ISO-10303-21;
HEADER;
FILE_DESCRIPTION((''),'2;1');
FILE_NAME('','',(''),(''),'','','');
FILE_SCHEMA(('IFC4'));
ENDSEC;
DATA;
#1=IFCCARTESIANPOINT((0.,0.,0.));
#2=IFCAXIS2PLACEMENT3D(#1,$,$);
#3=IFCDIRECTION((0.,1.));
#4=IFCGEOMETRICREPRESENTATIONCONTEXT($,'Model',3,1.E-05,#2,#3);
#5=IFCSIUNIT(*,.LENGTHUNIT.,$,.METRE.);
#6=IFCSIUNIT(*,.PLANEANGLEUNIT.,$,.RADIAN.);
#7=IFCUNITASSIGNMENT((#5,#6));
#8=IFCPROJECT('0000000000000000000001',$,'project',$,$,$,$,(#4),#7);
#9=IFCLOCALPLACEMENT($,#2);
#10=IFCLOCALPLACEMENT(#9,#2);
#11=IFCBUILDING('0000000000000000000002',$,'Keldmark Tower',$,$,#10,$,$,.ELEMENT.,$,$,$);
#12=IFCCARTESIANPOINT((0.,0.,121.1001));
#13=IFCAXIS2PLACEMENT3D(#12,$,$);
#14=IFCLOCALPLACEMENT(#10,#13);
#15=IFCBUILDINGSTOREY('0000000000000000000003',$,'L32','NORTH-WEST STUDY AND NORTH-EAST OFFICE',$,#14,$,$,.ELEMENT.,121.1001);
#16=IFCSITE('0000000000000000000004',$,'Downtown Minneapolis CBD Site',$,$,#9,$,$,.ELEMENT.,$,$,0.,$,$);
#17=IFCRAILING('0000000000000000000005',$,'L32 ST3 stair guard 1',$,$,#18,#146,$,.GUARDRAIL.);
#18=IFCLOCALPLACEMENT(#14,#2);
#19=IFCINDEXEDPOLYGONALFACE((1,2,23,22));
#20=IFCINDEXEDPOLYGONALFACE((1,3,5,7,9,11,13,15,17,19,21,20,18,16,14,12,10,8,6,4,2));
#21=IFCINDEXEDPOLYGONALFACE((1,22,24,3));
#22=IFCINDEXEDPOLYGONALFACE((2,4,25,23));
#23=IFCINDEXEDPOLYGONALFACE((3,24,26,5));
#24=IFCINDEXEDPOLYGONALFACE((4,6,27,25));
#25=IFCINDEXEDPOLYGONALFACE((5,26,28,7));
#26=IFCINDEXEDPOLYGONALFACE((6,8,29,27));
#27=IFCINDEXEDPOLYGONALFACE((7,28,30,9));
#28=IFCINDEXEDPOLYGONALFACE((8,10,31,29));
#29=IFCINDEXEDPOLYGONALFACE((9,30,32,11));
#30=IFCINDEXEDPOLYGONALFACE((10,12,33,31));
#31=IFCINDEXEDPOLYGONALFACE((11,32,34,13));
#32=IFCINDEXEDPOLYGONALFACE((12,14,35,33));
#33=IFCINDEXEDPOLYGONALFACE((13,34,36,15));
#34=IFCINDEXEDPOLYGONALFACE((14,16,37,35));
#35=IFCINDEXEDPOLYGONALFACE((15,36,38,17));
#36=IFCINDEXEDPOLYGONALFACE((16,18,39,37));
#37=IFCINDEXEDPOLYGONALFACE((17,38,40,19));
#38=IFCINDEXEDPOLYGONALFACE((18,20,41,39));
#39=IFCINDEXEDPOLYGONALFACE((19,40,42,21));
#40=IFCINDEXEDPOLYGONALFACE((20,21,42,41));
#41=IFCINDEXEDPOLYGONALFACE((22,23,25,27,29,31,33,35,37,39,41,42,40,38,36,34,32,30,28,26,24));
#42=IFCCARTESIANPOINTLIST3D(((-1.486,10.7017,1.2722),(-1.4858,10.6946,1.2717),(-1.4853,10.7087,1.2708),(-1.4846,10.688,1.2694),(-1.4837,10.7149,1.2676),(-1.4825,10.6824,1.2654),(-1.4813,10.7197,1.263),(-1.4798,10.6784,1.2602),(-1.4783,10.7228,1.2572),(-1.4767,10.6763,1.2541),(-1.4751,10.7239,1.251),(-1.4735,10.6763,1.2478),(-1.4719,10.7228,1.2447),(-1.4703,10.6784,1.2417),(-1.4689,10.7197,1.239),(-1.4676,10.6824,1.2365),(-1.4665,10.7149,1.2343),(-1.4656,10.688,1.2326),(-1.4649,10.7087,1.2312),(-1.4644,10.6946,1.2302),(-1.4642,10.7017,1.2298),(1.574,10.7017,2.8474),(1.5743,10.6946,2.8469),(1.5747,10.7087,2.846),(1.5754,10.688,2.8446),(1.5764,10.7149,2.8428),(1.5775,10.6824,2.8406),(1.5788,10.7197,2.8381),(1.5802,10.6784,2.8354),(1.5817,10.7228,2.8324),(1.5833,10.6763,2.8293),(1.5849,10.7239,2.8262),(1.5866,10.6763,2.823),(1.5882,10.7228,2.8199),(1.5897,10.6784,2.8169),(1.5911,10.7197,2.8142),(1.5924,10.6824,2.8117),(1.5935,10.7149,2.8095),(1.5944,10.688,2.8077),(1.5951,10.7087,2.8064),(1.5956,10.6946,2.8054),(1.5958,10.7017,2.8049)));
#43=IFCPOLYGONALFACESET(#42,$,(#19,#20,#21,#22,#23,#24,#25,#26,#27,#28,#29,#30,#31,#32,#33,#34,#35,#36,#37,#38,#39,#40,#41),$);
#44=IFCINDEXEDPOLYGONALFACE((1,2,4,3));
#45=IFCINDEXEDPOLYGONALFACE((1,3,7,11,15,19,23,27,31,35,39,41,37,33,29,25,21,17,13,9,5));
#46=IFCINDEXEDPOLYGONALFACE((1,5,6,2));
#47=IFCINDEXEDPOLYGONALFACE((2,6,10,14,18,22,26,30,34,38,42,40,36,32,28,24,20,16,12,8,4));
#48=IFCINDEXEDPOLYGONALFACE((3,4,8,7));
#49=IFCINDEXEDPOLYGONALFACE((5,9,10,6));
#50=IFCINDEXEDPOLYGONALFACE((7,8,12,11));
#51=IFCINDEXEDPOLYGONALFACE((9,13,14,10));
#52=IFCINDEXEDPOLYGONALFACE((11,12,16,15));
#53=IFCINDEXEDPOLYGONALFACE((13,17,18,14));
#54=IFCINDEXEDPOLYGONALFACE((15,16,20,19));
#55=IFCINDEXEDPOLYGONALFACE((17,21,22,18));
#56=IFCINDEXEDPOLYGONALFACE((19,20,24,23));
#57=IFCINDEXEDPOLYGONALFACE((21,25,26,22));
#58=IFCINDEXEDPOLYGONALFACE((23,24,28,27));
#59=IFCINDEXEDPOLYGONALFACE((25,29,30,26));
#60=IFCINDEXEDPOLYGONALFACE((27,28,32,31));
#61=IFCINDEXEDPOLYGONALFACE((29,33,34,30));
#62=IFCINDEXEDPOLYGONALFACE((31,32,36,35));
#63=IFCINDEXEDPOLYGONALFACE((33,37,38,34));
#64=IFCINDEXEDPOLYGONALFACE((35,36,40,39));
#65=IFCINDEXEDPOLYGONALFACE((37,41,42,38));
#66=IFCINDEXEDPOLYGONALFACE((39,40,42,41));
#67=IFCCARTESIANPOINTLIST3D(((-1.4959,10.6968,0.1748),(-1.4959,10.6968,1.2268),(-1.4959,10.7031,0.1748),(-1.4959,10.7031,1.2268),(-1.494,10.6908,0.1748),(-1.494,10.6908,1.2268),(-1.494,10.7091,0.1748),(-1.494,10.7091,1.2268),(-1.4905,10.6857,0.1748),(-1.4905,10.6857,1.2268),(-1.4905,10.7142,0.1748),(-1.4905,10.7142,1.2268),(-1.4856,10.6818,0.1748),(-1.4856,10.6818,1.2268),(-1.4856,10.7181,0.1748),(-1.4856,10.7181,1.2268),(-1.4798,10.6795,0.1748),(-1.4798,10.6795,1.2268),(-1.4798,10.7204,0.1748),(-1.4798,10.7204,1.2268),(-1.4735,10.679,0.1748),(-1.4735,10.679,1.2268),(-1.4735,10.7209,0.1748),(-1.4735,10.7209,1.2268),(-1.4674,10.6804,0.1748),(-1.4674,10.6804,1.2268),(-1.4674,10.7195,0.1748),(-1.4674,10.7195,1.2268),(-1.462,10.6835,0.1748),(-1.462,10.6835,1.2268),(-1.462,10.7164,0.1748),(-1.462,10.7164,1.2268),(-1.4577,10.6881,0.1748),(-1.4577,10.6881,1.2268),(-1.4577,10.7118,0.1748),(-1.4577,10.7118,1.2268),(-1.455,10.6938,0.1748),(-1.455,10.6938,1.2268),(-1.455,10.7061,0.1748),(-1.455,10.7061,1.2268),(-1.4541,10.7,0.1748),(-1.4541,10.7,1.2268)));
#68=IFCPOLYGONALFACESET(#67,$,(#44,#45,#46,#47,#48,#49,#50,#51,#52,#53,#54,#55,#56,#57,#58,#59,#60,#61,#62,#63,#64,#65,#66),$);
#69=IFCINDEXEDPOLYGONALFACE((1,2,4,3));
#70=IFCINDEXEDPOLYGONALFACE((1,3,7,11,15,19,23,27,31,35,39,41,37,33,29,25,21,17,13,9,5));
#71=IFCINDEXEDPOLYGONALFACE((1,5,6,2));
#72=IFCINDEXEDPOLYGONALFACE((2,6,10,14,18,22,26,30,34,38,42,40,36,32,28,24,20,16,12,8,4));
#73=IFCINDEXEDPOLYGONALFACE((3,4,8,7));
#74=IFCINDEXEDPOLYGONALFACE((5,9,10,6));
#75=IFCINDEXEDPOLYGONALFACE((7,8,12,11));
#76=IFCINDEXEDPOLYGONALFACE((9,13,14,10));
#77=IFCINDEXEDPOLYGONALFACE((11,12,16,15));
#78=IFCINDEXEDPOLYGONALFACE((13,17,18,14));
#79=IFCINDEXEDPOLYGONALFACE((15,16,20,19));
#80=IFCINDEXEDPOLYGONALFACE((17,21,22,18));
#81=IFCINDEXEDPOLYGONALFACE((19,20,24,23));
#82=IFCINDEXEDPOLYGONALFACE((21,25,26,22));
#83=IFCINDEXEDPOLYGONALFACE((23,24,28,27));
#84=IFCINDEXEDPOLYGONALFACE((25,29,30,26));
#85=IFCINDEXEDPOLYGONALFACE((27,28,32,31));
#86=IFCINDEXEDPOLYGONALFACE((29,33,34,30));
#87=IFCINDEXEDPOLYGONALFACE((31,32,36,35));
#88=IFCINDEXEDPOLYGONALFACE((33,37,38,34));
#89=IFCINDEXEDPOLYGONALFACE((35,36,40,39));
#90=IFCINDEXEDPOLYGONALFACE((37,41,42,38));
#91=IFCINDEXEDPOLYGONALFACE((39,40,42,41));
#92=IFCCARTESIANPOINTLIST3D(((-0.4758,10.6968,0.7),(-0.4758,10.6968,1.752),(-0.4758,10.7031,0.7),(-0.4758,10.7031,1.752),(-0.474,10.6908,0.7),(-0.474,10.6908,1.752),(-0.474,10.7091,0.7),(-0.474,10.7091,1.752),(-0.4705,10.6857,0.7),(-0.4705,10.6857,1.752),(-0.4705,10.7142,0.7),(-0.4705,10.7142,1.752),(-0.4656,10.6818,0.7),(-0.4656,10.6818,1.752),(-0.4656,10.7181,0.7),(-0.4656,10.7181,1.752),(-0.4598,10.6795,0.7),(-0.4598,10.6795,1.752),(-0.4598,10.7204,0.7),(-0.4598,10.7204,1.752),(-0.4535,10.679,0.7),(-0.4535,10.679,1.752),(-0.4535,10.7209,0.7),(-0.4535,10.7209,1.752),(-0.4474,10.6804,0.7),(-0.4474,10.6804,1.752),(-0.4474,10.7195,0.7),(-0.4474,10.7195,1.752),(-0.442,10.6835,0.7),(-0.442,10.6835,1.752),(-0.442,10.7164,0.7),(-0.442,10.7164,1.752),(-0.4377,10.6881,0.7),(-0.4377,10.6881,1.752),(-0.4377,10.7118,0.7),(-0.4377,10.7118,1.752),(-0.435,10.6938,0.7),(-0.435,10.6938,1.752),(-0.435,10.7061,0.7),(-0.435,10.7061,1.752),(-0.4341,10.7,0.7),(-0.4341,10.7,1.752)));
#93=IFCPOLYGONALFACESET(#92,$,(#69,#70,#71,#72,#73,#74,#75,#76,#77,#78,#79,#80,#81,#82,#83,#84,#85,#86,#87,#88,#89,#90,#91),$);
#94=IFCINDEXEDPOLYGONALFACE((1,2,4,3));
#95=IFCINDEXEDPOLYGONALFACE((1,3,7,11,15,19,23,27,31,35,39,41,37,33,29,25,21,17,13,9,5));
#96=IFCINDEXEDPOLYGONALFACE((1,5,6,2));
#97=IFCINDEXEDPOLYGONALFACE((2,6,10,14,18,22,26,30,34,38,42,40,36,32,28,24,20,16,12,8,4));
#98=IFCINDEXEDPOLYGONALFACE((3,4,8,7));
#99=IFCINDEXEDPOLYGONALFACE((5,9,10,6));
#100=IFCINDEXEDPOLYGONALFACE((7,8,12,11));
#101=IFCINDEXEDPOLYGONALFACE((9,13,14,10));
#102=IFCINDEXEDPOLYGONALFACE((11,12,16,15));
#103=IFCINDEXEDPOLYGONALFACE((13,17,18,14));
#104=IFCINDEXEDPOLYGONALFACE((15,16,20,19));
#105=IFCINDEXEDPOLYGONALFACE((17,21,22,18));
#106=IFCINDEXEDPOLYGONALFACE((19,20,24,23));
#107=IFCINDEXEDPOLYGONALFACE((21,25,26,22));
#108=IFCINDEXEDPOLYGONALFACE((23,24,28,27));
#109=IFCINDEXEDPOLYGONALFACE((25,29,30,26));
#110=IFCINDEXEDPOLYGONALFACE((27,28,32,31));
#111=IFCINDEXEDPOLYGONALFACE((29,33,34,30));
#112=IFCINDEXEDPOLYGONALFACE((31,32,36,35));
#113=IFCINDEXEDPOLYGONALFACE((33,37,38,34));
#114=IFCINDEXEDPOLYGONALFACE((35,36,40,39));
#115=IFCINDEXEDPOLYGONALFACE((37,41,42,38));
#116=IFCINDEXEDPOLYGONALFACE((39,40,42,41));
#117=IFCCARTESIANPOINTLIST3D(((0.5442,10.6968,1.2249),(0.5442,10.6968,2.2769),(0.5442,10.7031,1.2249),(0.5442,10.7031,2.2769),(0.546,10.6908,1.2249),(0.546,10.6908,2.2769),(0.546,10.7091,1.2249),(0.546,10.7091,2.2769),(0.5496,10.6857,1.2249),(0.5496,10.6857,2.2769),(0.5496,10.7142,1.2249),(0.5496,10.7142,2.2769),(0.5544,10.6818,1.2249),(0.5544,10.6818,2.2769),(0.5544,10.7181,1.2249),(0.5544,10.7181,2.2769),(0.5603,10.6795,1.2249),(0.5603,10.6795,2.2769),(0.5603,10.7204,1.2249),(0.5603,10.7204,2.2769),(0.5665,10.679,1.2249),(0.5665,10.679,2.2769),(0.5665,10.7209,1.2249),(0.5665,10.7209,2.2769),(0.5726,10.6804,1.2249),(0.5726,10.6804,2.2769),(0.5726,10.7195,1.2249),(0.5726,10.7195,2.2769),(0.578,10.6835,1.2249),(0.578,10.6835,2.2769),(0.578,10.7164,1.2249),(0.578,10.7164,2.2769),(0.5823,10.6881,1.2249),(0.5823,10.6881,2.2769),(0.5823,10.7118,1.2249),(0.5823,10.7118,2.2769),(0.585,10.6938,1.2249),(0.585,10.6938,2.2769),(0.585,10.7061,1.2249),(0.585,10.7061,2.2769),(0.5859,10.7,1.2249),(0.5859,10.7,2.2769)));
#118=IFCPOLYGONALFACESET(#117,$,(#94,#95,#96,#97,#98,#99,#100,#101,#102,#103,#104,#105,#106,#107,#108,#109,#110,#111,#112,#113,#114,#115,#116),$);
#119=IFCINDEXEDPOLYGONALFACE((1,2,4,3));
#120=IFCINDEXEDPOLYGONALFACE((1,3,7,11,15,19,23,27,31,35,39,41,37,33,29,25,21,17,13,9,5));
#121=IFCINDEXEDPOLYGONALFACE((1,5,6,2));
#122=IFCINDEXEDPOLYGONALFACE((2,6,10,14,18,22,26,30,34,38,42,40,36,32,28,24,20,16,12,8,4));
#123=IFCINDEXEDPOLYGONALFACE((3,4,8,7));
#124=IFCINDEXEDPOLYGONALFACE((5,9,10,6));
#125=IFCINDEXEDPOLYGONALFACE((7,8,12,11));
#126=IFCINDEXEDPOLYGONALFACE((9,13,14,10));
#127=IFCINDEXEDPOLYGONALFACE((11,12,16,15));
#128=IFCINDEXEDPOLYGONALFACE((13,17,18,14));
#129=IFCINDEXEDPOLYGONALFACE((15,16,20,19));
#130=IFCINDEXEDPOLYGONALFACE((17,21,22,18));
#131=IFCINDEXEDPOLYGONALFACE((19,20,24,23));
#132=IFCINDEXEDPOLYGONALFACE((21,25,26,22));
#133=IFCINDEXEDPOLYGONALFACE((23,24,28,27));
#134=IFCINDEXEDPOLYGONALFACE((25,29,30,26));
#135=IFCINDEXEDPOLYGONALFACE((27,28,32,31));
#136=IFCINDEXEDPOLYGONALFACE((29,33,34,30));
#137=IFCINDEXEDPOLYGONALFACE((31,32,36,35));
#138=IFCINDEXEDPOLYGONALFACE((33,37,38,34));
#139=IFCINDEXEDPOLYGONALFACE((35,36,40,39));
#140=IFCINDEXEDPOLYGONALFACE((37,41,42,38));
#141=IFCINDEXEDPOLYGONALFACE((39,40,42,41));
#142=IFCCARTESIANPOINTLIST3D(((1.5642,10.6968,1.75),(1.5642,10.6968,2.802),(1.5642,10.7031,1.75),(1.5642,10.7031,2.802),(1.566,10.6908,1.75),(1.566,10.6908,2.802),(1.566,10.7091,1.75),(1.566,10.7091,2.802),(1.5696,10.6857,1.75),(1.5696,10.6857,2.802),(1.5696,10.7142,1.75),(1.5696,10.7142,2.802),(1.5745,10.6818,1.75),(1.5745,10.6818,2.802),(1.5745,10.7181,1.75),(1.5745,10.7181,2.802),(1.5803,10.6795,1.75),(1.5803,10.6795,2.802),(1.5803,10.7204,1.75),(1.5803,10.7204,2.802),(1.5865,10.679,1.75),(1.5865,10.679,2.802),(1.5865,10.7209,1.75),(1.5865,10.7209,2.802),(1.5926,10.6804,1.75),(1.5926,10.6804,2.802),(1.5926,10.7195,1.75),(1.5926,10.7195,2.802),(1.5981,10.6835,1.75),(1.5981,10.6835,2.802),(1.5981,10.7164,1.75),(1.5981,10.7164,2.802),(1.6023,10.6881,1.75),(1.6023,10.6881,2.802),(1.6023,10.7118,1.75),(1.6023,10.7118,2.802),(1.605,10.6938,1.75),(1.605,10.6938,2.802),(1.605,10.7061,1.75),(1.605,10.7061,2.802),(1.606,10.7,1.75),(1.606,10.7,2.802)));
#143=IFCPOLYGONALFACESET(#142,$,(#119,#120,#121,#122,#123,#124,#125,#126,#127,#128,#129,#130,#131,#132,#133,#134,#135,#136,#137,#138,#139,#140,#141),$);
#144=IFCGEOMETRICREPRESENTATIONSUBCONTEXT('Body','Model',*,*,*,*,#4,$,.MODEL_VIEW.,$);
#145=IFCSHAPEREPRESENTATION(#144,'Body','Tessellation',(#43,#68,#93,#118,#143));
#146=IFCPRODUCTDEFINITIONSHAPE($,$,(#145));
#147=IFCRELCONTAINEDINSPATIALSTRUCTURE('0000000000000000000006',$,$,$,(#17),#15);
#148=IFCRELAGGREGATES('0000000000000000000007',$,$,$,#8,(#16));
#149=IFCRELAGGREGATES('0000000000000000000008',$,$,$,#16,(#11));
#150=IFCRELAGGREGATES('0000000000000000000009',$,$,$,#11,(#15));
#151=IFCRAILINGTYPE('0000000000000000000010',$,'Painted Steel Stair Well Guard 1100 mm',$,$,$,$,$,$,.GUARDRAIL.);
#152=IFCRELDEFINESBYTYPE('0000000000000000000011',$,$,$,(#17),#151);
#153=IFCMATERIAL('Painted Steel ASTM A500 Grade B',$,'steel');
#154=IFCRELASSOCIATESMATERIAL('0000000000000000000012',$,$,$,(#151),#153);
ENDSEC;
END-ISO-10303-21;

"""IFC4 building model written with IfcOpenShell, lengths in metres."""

from ifc_helpers import new_model, si_unit, direction, frame, origin, origin_2d, place, context, subcontext, project, spatial, circle, extrude, material, type_object, element, save


model = new_model("IFC4")

# Units and contexts
model_context = context("Model", 3, precision=1e-05, world=origin(), true_north=direction((0.0, 1.0)))
body_context = subcontext(model_context, "Body", "Model", "MODEL_VIEW")
ifc_project = project(units=[si_unit("LENGTHUNIT", "METRE"), si_unit("PLANEANGLEUNIT", "RADIAN")], contexts=[model_context])

# Site, building, storey
site_placement = place(None, origin())
site = spatial("IfcSite", under=ifc_project, at=site_placement, Name="Downtown Minneapolis CBD Site", CompositionType="ELEMENT", RefElevation=0.0)
building_placement = place(site_placement, origin())
building = spatial("IfcBuilding", under=site, at=building_placement, Name="Keldmark Tower", CompositionType="ELEMENT")
storey_placement = place(building_placement, frame((0.0, 0.0, 121.1001)))
storey = spatial("IfcBuildingStorey", under=building, at=storey_placement, Name="L32", Description="NORTH-WEST STUDY AND NORTH-EAST OFFICE", CompositionType="ELEMENT", Elevation=121.1001)

# Railing
ifc_material_1 = material(Name="Painted Steel ASTM A500 Grade B", Category="steel")
railing_type_1 = type_object("IfcRailingType", Name="Painted Steel Stair Well Guard 1100 mm", PredefinedType="GUARDRAIL", material=ifc_material_1)
railing_1_placement = place(storey_placement, frame((-1.4751, 10.7, 0.1748)))
element("IfcRailing", 1, at=railing_1_placement, inside=storey, type_object=railing_type_1, Name="L32 ST3 stair guard 1", PredefinedType="GUARDRAIL", context=body_context, shape_type="SweptSolid", body=[
    extrude(circle(Radius=0.0239, at=origin_2d()), frame((0.0, 0.0, 1.0762), z_axis=(0.889116, 0.0, 0.457681), x_axis=(0.0, 1.0, 0.0)), (0.0, 0.0, 1.0), 3.4417),
    extrude(circle(Radius=0.021, at=origin_2d()), origin(), (0.0, 0.0, 1.0), 1.052),
    extrude(circle(Radius=0.021, at=origin_2d()), frame((1.02, 0.0, 0.5251)), (0.0, 0.0, 1.0), 1.052),
    extrude(circle(Radius=0.021, at=origin_2d()), frame((2.04, 0.0, 1.05)), (0.0, 0.0, 1.0), 1.052),
    extrude(circle(Radius=0.021, at=origin_2d()), frame((3.0601, 0.0, 1.5752)), (0.0, 0.0, 1.0), 1.052),
])

save(model, "model.ifc")
